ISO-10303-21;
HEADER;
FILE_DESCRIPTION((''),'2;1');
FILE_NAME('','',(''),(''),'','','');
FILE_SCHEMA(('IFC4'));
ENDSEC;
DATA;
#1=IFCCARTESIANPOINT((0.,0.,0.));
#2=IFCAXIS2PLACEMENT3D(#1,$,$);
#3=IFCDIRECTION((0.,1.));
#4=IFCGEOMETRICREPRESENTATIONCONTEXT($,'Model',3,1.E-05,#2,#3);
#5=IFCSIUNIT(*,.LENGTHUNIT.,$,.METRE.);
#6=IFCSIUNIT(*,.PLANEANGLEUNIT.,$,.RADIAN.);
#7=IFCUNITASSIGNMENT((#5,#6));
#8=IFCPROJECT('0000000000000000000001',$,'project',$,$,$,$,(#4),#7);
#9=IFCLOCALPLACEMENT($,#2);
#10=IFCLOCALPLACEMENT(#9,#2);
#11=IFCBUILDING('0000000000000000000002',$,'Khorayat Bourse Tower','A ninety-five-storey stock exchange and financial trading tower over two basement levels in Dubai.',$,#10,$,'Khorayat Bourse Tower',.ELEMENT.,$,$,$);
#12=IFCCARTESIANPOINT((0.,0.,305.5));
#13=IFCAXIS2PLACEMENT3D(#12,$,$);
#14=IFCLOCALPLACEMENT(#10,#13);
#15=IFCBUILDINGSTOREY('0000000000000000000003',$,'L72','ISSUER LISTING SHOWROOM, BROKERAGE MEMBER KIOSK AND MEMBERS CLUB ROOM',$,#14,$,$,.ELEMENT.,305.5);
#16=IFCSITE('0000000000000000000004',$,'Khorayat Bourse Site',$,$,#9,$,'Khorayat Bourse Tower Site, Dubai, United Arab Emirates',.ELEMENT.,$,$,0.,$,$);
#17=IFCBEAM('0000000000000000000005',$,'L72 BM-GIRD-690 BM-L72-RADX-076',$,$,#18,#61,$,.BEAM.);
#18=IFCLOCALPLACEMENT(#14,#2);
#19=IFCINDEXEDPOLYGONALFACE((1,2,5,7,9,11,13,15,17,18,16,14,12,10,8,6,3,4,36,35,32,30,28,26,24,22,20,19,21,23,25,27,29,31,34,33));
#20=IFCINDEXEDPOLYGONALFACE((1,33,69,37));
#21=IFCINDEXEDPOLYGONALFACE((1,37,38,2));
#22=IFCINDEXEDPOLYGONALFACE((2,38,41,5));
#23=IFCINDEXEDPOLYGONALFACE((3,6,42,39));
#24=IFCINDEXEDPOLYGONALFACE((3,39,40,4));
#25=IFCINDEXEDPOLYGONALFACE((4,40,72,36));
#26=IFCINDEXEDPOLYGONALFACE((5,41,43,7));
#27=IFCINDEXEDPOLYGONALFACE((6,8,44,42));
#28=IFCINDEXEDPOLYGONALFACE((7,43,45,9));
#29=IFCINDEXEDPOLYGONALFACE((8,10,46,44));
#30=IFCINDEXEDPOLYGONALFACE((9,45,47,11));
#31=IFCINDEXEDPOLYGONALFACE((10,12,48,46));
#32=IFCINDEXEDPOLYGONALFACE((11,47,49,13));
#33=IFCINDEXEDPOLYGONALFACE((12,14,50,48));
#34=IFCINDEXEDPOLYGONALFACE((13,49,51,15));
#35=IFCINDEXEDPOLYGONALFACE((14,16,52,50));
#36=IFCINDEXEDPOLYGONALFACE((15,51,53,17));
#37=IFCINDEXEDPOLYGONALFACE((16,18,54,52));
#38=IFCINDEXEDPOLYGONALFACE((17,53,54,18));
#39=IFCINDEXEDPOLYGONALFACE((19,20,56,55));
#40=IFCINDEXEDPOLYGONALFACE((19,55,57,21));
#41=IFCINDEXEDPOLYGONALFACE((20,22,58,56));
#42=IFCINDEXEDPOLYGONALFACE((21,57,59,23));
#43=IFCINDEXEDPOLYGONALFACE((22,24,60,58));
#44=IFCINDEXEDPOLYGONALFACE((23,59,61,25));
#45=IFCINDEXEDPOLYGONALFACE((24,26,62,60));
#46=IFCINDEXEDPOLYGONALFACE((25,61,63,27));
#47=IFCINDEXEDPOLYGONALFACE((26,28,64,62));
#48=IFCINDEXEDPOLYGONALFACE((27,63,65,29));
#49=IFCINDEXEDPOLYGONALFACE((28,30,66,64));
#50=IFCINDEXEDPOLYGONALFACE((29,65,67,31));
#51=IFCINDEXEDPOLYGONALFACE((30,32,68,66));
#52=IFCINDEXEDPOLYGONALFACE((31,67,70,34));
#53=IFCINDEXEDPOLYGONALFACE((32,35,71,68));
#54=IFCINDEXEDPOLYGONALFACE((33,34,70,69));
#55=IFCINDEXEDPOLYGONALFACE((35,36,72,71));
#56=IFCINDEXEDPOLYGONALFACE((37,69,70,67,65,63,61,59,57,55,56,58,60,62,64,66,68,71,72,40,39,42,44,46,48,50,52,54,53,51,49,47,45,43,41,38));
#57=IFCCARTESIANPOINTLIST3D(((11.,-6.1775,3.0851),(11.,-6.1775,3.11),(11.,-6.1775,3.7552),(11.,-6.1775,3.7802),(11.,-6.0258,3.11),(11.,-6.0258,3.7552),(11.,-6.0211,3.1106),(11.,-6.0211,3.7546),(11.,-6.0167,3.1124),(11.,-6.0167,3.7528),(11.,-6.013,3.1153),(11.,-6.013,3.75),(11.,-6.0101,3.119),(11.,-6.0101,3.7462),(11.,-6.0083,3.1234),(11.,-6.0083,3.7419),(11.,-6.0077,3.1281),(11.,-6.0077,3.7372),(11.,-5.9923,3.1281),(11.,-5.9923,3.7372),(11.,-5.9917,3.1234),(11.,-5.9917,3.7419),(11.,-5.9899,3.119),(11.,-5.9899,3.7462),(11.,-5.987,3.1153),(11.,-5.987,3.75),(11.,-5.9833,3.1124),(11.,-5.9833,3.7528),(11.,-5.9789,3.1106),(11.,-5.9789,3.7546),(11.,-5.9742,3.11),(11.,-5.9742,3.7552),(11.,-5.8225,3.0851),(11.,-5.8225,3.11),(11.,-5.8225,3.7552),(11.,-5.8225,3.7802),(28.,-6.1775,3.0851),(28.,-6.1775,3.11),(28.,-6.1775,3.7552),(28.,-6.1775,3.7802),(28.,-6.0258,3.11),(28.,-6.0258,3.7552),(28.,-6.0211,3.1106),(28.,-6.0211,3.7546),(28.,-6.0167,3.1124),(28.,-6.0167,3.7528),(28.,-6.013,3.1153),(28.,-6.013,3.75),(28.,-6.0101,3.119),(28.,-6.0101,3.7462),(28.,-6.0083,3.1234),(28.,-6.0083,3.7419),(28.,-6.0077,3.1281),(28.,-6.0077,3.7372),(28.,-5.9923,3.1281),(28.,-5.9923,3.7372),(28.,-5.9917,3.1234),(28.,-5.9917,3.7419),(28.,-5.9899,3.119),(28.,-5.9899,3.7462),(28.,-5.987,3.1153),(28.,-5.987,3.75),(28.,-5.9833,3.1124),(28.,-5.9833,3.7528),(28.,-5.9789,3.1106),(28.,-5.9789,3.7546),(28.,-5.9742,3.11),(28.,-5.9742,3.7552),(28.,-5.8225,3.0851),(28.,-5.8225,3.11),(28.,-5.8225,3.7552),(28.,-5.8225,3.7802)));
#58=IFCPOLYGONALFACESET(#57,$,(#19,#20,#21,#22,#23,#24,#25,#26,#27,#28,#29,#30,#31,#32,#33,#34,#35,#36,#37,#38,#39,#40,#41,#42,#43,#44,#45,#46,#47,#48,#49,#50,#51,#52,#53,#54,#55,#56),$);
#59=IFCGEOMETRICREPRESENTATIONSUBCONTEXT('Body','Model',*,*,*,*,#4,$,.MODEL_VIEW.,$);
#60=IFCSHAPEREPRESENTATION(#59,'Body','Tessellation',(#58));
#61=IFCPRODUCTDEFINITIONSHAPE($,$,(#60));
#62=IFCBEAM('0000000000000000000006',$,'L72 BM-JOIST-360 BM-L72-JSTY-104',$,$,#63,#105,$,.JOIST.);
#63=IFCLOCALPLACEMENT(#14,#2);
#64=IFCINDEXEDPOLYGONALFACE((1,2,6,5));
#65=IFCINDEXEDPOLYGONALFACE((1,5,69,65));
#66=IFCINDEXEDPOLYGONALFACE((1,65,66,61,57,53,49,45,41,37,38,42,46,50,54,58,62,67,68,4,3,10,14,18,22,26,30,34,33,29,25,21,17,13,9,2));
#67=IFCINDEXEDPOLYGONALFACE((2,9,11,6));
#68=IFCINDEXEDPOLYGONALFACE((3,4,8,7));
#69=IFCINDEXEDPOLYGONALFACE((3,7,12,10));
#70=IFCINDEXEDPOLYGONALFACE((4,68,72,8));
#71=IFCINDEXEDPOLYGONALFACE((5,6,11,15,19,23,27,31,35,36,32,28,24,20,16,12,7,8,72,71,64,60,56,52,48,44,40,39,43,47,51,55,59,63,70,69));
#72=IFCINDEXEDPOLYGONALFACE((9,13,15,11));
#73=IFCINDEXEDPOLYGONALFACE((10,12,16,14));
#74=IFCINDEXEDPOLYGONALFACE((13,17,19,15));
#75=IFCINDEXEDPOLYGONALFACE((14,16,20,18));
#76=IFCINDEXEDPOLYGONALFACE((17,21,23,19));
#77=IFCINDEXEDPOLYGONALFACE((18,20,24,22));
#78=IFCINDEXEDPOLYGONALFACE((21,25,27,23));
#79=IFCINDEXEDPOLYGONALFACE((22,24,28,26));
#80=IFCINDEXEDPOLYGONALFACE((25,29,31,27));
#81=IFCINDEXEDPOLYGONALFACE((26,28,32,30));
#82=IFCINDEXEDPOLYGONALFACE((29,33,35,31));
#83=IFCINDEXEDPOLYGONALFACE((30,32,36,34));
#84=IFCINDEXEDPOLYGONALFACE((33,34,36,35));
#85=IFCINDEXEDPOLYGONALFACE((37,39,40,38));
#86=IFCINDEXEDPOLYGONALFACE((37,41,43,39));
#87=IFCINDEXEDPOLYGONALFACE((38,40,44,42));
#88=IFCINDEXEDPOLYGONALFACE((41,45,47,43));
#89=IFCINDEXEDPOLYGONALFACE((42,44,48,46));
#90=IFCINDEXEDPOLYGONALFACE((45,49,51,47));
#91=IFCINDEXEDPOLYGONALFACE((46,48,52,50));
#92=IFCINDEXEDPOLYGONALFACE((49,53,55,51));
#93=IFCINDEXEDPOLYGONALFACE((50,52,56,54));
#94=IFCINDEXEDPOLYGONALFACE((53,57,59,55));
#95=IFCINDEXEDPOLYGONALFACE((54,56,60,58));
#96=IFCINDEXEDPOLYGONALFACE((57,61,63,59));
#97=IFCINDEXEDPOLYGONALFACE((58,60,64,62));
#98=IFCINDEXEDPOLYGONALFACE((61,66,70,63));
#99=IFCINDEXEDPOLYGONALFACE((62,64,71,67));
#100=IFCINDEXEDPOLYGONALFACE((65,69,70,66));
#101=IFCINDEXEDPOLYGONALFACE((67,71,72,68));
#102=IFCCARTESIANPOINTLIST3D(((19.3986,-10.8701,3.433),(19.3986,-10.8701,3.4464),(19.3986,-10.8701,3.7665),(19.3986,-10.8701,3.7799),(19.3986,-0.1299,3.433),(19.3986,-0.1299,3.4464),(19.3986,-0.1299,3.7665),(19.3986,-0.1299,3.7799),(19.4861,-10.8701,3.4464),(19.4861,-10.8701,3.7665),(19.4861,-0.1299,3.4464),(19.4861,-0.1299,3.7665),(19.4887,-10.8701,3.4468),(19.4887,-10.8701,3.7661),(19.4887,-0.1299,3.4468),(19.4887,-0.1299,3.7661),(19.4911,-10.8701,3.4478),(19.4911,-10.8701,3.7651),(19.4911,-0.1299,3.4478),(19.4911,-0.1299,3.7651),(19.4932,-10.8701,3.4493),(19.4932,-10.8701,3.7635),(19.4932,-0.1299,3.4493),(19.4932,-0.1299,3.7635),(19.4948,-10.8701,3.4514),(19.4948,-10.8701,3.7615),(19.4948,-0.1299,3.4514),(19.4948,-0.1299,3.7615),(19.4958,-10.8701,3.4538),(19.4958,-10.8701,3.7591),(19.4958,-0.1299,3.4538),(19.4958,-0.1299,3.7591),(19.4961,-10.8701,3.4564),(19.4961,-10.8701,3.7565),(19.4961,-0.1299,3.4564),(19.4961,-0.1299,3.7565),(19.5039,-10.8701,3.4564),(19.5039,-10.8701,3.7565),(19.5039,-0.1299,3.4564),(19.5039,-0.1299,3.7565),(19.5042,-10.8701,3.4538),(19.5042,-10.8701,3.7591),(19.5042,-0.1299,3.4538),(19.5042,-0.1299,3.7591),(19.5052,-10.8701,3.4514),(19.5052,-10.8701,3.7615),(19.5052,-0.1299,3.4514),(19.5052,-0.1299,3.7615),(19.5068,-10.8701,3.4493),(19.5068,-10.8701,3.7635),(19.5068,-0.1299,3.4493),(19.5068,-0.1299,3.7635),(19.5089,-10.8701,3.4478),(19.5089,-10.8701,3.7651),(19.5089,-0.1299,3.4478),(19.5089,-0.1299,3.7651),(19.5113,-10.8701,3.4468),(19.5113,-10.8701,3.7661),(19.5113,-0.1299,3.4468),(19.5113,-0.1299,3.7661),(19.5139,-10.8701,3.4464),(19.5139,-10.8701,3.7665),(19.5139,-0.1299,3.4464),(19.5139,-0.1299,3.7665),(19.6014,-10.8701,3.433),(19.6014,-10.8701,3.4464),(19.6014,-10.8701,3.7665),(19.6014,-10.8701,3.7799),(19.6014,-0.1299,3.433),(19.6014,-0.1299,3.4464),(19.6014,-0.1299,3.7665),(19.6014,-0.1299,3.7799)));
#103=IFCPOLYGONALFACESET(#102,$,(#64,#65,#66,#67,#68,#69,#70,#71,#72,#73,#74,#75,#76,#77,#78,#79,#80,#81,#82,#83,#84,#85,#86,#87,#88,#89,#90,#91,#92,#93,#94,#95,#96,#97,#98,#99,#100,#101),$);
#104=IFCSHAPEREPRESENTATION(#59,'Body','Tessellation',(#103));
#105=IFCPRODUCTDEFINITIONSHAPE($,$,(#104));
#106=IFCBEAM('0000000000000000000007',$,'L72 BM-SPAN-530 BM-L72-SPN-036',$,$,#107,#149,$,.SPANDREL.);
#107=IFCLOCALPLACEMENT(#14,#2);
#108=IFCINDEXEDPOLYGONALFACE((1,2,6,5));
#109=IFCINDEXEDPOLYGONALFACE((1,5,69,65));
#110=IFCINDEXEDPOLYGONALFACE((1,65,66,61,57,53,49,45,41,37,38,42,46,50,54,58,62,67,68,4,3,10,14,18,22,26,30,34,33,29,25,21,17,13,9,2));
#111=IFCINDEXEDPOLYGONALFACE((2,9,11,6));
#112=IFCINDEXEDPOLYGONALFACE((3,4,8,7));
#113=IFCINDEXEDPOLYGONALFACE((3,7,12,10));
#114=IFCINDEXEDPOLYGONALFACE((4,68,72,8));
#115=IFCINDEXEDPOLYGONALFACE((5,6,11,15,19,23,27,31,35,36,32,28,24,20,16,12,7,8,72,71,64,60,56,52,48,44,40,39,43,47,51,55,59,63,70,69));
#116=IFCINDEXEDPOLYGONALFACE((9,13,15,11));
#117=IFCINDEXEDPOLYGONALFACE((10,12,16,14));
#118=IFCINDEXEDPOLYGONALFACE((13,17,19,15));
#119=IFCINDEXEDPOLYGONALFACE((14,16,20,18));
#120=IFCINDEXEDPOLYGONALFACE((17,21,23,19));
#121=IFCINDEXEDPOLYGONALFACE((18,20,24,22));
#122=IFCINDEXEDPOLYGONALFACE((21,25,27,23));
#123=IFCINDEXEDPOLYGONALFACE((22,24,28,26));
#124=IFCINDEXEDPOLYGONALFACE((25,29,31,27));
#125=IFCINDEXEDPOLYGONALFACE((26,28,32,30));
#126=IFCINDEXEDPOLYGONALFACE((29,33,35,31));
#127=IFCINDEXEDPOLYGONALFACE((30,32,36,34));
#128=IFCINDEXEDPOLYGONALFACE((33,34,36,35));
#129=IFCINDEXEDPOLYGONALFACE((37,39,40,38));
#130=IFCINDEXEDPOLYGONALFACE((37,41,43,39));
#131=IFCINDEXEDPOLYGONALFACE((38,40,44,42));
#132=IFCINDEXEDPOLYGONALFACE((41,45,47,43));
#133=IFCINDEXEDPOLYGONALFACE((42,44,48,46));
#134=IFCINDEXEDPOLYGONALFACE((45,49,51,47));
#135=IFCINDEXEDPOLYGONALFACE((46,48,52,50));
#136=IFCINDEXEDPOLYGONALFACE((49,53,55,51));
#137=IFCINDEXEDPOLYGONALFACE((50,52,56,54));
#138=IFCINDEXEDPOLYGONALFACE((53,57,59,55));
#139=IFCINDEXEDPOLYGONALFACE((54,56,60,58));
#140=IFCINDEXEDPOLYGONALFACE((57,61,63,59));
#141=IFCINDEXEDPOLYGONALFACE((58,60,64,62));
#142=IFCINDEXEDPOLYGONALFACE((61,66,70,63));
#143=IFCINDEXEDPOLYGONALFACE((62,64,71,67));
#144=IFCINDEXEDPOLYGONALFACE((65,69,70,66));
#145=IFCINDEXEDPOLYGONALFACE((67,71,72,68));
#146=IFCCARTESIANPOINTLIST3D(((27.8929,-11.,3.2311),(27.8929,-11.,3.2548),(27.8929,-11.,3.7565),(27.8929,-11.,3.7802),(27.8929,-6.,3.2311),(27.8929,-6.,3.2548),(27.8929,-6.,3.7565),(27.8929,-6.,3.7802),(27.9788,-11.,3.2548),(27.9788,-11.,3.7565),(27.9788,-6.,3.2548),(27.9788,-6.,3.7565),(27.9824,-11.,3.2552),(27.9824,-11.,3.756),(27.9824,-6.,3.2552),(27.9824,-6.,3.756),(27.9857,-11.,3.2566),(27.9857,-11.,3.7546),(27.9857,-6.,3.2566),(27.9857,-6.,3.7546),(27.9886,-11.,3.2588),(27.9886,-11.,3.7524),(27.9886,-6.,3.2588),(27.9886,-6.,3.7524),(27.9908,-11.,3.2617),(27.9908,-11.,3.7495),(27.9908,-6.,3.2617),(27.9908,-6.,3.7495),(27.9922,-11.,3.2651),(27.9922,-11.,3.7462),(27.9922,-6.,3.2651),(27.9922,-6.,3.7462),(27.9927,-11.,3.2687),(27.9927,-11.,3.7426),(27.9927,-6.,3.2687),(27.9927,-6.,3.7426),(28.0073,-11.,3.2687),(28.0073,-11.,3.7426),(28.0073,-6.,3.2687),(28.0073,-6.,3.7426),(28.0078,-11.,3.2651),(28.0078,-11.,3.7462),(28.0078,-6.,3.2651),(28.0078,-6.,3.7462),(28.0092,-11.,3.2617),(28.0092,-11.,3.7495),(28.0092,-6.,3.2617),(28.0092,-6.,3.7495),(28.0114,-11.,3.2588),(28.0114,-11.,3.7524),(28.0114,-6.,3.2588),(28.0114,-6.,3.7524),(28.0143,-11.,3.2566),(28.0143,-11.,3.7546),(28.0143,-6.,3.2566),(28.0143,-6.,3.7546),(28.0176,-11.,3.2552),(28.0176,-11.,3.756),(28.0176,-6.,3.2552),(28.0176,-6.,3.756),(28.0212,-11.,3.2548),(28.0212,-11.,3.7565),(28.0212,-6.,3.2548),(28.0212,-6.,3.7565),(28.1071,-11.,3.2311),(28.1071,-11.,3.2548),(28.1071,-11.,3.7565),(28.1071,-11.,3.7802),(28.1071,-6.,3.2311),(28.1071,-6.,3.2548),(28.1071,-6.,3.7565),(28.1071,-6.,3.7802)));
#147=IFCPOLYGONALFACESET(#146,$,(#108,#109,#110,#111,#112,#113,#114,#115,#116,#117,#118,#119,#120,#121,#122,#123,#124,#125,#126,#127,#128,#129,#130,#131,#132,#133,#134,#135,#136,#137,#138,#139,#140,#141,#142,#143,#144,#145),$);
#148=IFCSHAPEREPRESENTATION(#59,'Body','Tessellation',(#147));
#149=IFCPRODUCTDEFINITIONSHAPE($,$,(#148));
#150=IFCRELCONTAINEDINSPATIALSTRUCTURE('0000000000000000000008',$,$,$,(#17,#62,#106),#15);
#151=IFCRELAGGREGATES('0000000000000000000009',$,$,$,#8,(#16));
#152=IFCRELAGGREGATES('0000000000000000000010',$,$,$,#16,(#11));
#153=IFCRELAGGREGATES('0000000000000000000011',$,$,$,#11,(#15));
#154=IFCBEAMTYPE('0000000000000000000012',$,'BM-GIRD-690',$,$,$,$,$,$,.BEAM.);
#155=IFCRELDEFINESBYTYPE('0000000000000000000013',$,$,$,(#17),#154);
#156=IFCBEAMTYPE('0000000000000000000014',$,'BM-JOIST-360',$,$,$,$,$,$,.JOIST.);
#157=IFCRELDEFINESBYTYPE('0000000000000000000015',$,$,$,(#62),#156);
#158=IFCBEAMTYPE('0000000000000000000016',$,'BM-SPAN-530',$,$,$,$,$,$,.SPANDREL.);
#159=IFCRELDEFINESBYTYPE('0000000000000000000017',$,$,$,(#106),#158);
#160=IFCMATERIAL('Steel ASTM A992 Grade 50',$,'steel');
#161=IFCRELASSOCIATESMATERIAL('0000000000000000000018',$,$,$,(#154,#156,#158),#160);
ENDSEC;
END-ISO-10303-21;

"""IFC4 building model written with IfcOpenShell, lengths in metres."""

from ifc_helpers import new_model, si_unit, direction, frame, origin, origin_2d, place, context, subcontext, project, spatial, i_section, extrude, source, transform, mapped, material, material_profile, profile_set, type_object, element, save


model = new_model("IFC4")

# Units and contexts
model_context = context("Model", 3, precision=1e-05, world=origin(), true_north=direction((0.0, 1.0)))
body_context = subcontext(model_context, "Body", "Model", "MODEL_VIEW")
ifc_project = project(units=[si_unit("LENGTHUNIT", "METRE"), si_unit("PLANEANGLEUNIT", "RADIAN")], contexts=[model_context])

# Site, building, storey
site_placement = place(None, origin())
site = spatial("IfcSite", under=ifc_project, at=site_placement, Name="Khorayat Bourse Site", LongName="Khorayat Bourse Tower Site, Dubai, United Arab Emirates", CompositionType="ELEMENT", RefElevation=0.0)
building_placement = place(site_placement, origin())
building = spatial("IfcBuilding", under=site, at=building_placement, Name="Khorayat Bourse Tower", Description="A ninety-five-storey stock exchange and financial trading tower over two basement levels in Dubai.", LongName="Khorayat Bourse Tower", CompositionType="ELEMENT")
storey_placement = place(building_placement, frame((0.0, 0.0, 305.5)))
storey = spatial("IfcBuildingStorey", under=building, at=storey_placement, Name="L72", Description="ISSUER LISTING SHOWROOM, BROKERAGE MEMBER KIOSK AND MEMBERS CLUB ROOM", CompositionType="ELEMENT", Elevation=305.5)

# Beams
ifc_material_1 = material(Name="Steel ASTM A992 Grade 50", Category="steel")
ifc_material_profile_1 = material_profile(ifc_material_1, i_section(OverallWidth=0.355, OverallDepth=0.6951, WebThickness=0.0154, FlangeThickness=0.0249, FilletRadius=0.0181, at=origin_2d()), Name="W690X217")
ifc_profile_set_1 = profile_set([ifc_material_profile_1], Name="Steel ASTM A992 Grade 50")
beam_type_1 = type_object("IfcBeamType", Name="BM-GIRD-690", PredefinedType="BEAM", material=ifc_profile_set_1)
shared_shape_1 = source(origin(), body_context, "Body", "SweptSolid", [
    extrude(i_section(OverallWidth=0.355, OverallDepth=0.6951, WebThickness=0.0154, FlangeThickness=0.0249, FilletRadius=0.0181, at=origin_2d()), origin(), (0.0, 0.0, 1.0), 17.0),
])
for number, where, z_axis, x_axis, name in (
    (1, (11.0, -6.0, 3.4326), (1.0, 0.0, 0.0), (0.0, 1.0, 0.0), "L72 BM-GIRD-690 BM-L72-RADX-076"),
):
    element("IfcBeam", number, at=place(storey_placement, frame(where, z_axis=z_axis, x_axis=x_axis)), inside=storey, type_object=beam_type_1, Name=name, PredefinedType="BEAM", context=body_context, shape_type="MappedRepresentation", body=[
        mapped(shared_shape_1, transform((0.0, 0.0, 0.0), scale=1.0)),
    ])
ifc_material_profile_2 = material_profile(ifc_material_1, i_section(OverallWidth=0.2029, OverallDepth=0.3469, WebThickness=0.0078, FlangeThickness=0.0134, FilletRadius=0.01, at=origin_2d()), Name="W360X64")
ifc_profile_set_2 = profile_set([ifc_material_profile_2], Name="Steel ASTM A992 Grade 50")
beam_type_2 = type_object("IfcBeamType", Name="BM-JOIST-360", PredefinedType="JOIST", material=ifc_profile_set_2)
shared_shape_2 = source(origin(), body_context, "Body", "SweptSolid", [
    extrude(i_section(OverallWidth=0.2029, OverallDepth=0.3469, WebThickness=0.0078, FlangeThickness=0.0134, FilletRadius=0.01, at=origin_2d()), origin(), (0.0, 0.0, 1.0), 10.7402),
])
beam_1_placement = place(storey_placement, frame((19.5, -10.8701, 3.6064), z_axis=(0.0, 1.0, 0.0), x_axis=(-1.0, 0.0, 0.0)))
element("IfcBeam", 2, at=beam_1_placement, inside=storey, type_object=beam_type_2, Name="L72 BM-JOIST-360 BM-L72-JSTY-104", PredefinedType="JOIST", context=body_context, shape_type="MappedRepresentation", body=[
    mapped(shared_shape_2, transform((0.0, 0.0, 0.0), scale=1.0)),
])
ifc_material_profile_3 = material_profile(ifc_material_1, i_section(OverallWidth=0.2141, OverallDepth=0.5491, WebThickness=0.0146, FlangeThickness=0.0237, FilletRadius=0.0139, at=origin_2d()), Name="W530X138")
ifc_profile_set_3 = profile_set([ifc_material_profile_3], Name="Steel ASTM A992 Grade 50")
beam_type_3 = type_object("IfcBeamType", Name="BM-SPAN-530", PredefinedType="SPANDREL", material=ifc_profile_set_3)
shared_shape_3 = source(origin(), body_context, "Body", "SweptSolid", [
    extrude(i_section(OverallWidth=0.2141, OverallDepth=0.5491, WebThickness=0.0146, FlangeThickness=0.0237, FilletRadius=0.0139, at=origin_2d()), origin(), (0.0, 0.0, 1.0), 5.0),
])
beam_2_placement = place(storey_placement, frame((28.0, -11.0, 3.5056), z_axis=(0.0, 1.0, 0.0), x_axis=(-1.0, 0.0, 0.0)))
element("IfcBeam", 3, at=beam_2_placement, inside=storey, type_object=beam_type_3, Name="L72 BM-SPAN-530 BM-L72-SPN-036", PredefinedType="SPANDREL", context=body_context, shape_type="MappedRepresentation", body=[
    mapped(shared_shape_3, transform((0.0, 0.0, 0.0), scale=1.0)),
])

save(model, "model.ifc")
